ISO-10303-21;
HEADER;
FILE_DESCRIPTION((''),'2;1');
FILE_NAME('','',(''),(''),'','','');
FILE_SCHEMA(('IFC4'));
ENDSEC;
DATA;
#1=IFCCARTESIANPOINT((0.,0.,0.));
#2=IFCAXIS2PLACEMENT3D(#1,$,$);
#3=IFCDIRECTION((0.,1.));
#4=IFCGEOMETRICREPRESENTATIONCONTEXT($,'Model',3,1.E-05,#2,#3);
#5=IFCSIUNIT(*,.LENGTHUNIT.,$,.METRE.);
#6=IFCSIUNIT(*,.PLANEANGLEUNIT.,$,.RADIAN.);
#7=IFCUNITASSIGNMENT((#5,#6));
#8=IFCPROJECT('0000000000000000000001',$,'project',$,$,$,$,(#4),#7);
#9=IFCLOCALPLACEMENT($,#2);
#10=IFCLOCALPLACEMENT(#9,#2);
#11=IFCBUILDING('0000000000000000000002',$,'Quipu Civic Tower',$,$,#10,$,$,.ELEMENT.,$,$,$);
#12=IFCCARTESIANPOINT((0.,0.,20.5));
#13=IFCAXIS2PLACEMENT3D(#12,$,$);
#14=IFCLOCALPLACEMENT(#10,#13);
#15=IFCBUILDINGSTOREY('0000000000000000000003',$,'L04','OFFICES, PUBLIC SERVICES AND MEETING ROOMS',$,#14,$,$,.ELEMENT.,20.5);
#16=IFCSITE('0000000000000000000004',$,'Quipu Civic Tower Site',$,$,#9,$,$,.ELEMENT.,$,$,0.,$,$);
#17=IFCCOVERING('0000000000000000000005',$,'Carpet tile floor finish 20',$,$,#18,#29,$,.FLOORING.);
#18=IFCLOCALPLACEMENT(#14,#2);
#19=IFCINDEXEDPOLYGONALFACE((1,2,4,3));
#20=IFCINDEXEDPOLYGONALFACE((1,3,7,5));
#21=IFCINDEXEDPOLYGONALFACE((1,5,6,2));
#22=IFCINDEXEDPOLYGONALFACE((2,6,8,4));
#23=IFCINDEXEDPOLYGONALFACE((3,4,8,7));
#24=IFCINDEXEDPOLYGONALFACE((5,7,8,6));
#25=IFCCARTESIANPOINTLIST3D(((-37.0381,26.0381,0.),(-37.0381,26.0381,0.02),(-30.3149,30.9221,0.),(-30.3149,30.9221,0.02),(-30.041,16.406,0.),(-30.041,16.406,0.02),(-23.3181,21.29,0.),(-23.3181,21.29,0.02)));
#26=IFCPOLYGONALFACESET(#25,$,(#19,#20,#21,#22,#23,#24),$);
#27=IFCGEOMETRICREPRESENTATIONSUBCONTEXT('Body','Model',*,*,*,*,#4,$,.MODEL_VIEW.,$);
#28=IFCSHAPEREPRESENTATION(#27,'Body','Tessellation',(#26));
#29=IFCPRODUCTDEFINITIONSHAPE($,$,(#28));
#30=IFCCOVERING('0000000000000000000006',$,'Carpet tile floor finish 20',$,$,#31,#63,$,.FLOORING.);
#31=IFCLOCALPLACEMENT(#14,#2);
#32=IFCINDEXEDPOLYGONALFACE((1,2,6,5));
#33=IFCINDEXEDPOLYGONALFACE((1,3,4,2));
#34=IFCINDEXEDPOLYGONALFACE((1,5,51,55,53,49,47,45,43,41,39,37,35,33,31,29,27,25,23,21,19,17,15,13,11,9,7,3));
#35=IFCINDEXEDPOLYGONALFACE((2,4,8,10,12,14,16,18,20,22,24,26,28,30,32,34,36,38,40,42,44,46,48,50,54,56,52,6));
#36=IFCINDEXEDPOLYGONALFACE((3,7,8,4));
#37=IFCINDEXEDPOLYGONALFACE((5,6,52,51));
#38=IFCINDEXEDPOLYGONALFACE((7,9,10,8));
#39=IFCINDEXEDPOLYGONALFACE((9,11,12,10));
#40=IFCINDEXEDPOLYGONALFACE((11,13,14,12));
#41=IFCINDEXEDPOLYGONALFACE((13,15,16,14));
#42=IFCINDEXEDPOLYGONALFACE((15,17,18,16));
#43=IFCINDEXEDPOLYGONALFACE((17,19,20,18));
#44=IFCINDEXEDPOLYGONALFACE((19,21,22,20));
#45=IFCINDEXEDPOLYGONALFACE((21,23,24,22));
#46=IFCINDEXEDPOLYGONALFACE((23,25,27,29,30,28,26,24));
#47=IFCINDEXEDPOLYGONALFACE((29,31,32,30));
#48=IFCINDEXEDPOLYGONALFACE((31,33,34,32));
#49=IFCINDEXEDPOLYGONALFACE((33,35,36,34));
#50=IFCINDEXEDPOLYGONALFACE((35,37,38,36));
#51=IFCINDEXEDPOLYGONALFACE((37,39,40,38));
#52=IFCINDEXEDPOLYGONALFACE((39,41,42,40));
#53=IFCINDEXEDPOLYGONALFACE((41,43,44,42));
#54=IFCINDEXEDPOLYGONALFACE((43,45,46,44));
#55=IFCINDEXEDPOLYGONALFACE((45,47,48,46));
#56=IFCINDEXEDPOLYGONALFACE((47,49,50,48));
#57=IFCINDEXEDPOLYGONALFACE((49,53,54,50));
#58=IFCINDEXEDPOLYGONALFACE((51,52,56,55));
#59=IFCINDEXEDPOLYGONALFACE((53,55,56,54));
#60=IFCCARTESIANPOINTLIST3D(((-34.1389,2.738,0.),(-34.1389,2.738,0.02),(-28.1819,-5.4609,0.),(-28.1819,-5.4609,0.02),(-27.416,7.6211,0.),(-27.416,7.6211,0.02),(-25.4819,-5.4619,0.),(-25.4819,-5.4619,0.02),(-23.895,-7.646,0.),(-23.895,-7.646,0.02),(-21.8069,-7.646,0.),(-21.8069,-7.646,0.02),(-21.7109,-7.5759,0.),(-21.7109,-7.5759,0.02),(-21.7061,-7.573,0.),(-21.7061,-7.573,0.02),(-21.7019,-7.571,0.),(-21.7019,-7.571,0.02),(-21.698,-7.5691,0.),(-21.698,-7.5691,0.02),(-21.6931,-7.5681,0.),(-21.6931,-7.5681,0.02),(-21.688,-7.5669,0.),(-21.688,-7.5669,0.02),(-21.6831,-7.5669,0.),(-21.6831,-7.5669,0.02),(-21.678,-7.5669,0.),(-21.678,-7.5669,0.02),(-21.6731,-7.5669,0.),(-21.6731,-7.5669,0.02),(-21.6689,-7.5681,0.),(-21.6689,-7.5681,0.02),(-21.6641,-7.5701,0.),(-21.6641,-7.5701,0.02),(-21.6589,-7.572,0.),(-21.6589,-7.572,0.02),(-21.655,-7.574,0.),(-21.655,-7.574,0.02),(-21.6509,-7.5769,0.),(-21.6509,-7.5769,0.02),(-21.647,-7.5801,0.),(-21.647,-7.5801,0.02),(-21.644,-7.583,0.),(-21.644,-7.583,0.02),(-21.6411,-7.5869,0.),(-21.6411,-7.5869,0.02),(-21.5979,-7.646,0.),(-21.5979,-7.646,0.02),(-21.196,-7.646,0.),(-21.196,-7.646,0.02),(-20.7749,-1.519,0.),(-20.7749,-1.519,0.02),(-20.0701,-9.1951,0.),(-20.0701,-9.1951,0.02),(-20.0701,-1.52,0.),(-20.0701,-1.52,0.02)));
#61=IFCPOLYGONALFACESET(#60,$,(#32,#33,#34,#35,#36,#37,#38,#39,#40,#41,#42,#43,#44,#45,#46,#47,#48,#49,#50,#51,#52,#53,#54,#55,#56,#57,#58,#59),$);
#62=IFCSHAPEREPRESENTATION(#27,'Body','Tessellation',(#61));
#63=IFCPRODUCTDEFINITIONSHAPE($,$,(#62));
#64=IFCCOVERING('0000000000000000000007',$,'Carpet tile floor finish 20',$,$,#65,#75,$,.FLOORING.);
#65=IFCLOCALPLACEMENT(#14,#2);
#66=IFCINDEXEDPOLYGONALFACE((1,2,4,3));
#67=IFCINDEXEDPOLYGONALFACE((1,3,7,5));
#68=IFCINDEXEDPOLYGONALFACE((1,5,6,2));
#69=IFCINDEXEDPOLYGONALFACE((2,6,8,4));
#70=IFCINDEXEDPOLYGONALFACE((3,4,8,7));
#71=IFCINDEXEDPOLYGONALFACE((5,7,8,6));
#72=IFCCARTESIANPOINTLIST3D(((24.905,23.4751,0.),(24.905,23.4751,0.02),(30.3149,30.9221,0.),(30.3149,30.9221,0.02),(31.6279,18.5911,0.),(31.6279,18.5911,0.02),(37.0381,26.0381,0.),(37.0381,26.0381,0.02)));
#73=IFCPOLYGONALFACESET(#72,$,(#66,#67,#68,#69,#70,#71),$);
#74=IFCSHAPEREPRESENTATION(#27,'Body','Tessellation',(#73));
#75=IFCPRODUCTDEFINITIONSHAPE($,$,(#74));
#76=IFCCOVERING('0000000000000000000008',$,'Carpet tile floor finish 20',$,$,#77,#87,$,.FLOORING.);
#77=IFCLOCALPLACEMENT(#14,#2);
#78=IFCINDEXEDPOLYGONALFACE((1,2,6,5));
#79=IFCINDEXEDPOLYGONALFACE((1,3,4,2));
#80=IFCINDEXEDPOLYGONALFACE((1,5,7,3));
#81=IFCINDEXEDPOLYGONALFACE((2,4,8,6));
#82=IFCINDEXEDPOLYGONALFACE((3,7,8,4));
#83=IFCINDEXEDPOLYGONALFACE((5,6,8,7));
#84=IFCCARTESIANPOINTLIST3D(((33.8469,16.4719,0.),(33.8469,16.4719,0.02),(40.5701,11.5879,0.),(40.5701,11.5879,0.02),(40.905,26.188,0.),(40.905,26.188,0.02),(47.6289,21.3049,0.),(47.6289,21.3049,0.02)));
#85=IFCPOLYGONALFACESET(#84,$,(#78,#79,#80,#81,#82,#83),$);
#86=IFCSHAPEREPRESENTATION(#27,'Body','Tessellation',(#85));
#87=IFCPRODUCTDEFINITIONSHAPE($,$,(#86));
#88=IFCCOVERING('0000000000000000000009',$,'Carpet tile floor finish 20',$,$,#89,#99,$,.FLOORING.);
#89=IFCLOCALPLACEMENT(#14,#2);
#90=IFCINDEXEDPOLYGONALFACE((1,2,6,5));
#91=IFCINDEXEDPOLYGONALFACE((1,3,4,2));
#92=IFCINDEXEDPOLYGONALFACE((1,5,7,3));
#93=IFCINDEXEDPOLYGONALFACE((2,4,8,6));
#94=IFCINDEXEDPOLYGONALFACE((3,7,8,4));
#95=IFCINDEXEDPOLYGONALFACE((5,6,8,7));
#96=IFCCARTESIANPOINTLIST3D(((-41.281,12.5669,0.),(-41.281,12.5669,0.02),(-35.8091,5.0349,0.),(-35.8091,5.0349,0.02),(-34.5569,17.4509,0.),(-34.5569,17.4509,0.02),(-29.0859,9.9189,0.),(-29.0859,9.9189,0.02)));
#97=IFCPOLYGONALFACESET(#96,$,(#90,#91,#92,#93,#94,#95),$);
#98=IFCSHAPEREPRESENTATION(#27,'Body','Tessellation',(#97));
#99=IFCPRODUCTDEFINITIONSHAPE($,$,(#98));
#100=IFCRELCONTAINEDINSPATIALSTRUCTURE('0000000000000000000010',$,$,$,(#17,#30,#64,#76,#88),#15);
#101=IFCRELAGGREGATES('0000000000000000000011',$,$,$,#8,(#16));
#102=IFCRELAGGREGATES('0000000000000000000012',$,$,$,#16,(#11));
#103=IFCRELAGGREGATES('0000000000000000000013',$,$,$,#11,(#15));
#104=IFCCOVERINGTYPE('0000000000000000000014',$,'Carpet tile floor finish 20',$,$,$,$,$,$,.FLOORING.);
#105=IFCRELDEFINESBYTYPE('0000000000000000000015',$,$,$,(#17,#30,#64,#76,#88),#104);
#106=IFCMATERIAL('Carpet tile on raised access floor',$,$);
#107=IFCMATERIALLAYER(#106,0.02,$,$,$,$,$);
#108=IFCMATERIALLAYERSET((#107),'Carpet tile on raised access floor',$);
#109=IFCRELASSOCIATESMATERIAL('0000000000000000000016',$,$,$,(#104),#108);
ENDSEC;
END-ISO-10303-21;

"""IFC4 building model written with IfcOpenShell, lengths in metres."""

from ifc_helpers import new_model, si_unit, direction, frame, origin, place, context, subcontext, project, spatial, polyline, outline, extrude, material, layer, layer_set, type_object, element, save


model = new_model("IFC4")

# Units and contexts
model_context = context("Model", 3, precision=1e-05, world=origin(), true_north=direction((0.0, 1.0)))
body_context = subcontext(model_context, "Body", "Model", "MODEL_VIEW")
ifc_project = project(units=[si_unit("LENGTHUNIT", "METRE"), si_unit("PLANEANGLEUNIT", "RADIAN")], contexts=[model_context])

# Site, building, storey
site_placement = place(None, origin())
site = spatial("IfcSite", under=ifc_project, at=site_placement, Name="Quipu Civic Tower Site", CompositionType="ELEMENT", RefElevation=0.0)
building_placement = place(site_placement, origin())
building = spatial("IfcBuilding", under=site, at=building_placement, Name="Quipu Civic Tower", CompositionType="ELEMENT")
storey_placement = place(building_placement, frame((0.0, 0.0, 20.5)))
storey = spatial("IfcBuildingStorey", under=building, at=storey_placement, Name="L04", Description="OFFICES, PUBLIC SERVICES AND MEETING ROOMS", CompositionType="ELEMENT", Elevation=20.5)

# Coverings
ifc_material_1 = material(Name="Carpet tile on raised access floor")
ifc_layer_1 = layer(ifc_material_1, 0.02)
ifc_layer_set_1 = layer_set([ifc_layer_1], Name="Carpet tile on raised access floor")
covering_type = type_object("IfcCoveringType", Name="Carpet tile floor finish 20", PredefinedType="FLOORING", material=ifc_layer_set_1)
covering_1_placement = place(storey_placement, origin())
element("IfcCovering", 1, at=covering_1_placement, inside=storey, type_object=covering_type, Name="Carpet tile floor finish 20", PredefinedType="FLOORING", context=body_context, shape_type="SweptSolid", body=[
    extrude(outline(polyline([(-37.0381, 26.0381), (-30.3149, 30.9221), (-23.3181, 21.29), (-30.041, 16.406), (-37.0381, 26.0381)])), origin(), (0.0, 0.0, 1.0), 0.02),
])
covering_2_placement = place(storey_placement, origin())
element("IfcCovering", 2, at=covering_2_placement, inside=storey, type_object=covering_type, Name="Carpet tile floor finish 20", PredefinedType="FLOORING", context=body_context, shape_type="SweptSolid", body=[
    extrude(outline(polyline([(-34.1389, 2.738), (-27.416, 7.6211), (-20.7749, -1.519), (-20.0701, -1.52), (-20.0701, -9.1951), (-21.196, -7.646), (-21.5979, -7.646), (-21.6411, -7.5869), (-21.644, -7.583), (-21.647, -7.5801), (-21.6509, -7.5769), (-21.655, -7.574), (-21.6589, -7.572), (-21.6641, -7.5701), (-21.6689, -7.5681), (-21.6731, -7.5669), (-21.678, -7.5669), (-21.6831, -7.5669), (-21.688, -7.5669), (-21.6931, -7.5681), (-21.698, -7.5691), (-21.7019, -7.571), (-21.7061, -7.573), (-21.7109, -7.5759), (-21.8069, -7.646), (-23.895, -7.646), (-25.4819, -5.4619), (-28.1819, -5.4609), (-34.1389, 2.738)])), origin(), (0.0, 0.0, 1.0), 0.02),
])
covering_3_placement = place(storey_placement, origin())
element("IfcCovering", 3, at=covering_3_placement, inside=storey, type_object=covering_type, Name="Carpet tile floor finish 20", PredefinedType="FLOORING", context=body_context, shape_type="SweptSolid", body=[
    extrude(outline(polyline([(24.905, 23.4751), (30.3149, 30.9221), (37.0381, 26.0381), (31.6279, 18.5911), (24.905, 23.4751)])), origin(), (0.0, 0.0, 1.0), 0.02),
])
covering_4_placement = place(storey_placement, origin())
element("IfcCovering", 4, at=covering_4_placement, inside=storey, type_object=covering_type, Name="Carpet tile floor finish 20", PredefinedType="FLOORING", context=body_context, shape_type="SweptSolid", body=[
    extrude(outline(polyline([(33.8469, 16.4719), (40.905, 26.188), (47.6289, 21.3049), (40.5701, 11.5879), (33.8469, 16.4719)])), origin(), (0.0, 0.0, 1.0), 0.02),
])
covering_5_placement = place(storey_placement, origin())
element("IfcCovering", 5, at=covering_5_placement, inside=storey, type_object=covering_type, Name="Carpet tile floor finish 20", PredefinedType="FLOORING", context=body_context, shape_type="SweptSolid", body=[
    extrude(outline(polyline([(-41.281, 12.5669), (-34.5569, 17.4509), (-29.0859, 9.9189), (-35.8091, 5.0349), (-41.281, 12.5669)])), origin(), (0.0, 0.0, 1.0), 0.02),
])

save(model, "model.ifc")
